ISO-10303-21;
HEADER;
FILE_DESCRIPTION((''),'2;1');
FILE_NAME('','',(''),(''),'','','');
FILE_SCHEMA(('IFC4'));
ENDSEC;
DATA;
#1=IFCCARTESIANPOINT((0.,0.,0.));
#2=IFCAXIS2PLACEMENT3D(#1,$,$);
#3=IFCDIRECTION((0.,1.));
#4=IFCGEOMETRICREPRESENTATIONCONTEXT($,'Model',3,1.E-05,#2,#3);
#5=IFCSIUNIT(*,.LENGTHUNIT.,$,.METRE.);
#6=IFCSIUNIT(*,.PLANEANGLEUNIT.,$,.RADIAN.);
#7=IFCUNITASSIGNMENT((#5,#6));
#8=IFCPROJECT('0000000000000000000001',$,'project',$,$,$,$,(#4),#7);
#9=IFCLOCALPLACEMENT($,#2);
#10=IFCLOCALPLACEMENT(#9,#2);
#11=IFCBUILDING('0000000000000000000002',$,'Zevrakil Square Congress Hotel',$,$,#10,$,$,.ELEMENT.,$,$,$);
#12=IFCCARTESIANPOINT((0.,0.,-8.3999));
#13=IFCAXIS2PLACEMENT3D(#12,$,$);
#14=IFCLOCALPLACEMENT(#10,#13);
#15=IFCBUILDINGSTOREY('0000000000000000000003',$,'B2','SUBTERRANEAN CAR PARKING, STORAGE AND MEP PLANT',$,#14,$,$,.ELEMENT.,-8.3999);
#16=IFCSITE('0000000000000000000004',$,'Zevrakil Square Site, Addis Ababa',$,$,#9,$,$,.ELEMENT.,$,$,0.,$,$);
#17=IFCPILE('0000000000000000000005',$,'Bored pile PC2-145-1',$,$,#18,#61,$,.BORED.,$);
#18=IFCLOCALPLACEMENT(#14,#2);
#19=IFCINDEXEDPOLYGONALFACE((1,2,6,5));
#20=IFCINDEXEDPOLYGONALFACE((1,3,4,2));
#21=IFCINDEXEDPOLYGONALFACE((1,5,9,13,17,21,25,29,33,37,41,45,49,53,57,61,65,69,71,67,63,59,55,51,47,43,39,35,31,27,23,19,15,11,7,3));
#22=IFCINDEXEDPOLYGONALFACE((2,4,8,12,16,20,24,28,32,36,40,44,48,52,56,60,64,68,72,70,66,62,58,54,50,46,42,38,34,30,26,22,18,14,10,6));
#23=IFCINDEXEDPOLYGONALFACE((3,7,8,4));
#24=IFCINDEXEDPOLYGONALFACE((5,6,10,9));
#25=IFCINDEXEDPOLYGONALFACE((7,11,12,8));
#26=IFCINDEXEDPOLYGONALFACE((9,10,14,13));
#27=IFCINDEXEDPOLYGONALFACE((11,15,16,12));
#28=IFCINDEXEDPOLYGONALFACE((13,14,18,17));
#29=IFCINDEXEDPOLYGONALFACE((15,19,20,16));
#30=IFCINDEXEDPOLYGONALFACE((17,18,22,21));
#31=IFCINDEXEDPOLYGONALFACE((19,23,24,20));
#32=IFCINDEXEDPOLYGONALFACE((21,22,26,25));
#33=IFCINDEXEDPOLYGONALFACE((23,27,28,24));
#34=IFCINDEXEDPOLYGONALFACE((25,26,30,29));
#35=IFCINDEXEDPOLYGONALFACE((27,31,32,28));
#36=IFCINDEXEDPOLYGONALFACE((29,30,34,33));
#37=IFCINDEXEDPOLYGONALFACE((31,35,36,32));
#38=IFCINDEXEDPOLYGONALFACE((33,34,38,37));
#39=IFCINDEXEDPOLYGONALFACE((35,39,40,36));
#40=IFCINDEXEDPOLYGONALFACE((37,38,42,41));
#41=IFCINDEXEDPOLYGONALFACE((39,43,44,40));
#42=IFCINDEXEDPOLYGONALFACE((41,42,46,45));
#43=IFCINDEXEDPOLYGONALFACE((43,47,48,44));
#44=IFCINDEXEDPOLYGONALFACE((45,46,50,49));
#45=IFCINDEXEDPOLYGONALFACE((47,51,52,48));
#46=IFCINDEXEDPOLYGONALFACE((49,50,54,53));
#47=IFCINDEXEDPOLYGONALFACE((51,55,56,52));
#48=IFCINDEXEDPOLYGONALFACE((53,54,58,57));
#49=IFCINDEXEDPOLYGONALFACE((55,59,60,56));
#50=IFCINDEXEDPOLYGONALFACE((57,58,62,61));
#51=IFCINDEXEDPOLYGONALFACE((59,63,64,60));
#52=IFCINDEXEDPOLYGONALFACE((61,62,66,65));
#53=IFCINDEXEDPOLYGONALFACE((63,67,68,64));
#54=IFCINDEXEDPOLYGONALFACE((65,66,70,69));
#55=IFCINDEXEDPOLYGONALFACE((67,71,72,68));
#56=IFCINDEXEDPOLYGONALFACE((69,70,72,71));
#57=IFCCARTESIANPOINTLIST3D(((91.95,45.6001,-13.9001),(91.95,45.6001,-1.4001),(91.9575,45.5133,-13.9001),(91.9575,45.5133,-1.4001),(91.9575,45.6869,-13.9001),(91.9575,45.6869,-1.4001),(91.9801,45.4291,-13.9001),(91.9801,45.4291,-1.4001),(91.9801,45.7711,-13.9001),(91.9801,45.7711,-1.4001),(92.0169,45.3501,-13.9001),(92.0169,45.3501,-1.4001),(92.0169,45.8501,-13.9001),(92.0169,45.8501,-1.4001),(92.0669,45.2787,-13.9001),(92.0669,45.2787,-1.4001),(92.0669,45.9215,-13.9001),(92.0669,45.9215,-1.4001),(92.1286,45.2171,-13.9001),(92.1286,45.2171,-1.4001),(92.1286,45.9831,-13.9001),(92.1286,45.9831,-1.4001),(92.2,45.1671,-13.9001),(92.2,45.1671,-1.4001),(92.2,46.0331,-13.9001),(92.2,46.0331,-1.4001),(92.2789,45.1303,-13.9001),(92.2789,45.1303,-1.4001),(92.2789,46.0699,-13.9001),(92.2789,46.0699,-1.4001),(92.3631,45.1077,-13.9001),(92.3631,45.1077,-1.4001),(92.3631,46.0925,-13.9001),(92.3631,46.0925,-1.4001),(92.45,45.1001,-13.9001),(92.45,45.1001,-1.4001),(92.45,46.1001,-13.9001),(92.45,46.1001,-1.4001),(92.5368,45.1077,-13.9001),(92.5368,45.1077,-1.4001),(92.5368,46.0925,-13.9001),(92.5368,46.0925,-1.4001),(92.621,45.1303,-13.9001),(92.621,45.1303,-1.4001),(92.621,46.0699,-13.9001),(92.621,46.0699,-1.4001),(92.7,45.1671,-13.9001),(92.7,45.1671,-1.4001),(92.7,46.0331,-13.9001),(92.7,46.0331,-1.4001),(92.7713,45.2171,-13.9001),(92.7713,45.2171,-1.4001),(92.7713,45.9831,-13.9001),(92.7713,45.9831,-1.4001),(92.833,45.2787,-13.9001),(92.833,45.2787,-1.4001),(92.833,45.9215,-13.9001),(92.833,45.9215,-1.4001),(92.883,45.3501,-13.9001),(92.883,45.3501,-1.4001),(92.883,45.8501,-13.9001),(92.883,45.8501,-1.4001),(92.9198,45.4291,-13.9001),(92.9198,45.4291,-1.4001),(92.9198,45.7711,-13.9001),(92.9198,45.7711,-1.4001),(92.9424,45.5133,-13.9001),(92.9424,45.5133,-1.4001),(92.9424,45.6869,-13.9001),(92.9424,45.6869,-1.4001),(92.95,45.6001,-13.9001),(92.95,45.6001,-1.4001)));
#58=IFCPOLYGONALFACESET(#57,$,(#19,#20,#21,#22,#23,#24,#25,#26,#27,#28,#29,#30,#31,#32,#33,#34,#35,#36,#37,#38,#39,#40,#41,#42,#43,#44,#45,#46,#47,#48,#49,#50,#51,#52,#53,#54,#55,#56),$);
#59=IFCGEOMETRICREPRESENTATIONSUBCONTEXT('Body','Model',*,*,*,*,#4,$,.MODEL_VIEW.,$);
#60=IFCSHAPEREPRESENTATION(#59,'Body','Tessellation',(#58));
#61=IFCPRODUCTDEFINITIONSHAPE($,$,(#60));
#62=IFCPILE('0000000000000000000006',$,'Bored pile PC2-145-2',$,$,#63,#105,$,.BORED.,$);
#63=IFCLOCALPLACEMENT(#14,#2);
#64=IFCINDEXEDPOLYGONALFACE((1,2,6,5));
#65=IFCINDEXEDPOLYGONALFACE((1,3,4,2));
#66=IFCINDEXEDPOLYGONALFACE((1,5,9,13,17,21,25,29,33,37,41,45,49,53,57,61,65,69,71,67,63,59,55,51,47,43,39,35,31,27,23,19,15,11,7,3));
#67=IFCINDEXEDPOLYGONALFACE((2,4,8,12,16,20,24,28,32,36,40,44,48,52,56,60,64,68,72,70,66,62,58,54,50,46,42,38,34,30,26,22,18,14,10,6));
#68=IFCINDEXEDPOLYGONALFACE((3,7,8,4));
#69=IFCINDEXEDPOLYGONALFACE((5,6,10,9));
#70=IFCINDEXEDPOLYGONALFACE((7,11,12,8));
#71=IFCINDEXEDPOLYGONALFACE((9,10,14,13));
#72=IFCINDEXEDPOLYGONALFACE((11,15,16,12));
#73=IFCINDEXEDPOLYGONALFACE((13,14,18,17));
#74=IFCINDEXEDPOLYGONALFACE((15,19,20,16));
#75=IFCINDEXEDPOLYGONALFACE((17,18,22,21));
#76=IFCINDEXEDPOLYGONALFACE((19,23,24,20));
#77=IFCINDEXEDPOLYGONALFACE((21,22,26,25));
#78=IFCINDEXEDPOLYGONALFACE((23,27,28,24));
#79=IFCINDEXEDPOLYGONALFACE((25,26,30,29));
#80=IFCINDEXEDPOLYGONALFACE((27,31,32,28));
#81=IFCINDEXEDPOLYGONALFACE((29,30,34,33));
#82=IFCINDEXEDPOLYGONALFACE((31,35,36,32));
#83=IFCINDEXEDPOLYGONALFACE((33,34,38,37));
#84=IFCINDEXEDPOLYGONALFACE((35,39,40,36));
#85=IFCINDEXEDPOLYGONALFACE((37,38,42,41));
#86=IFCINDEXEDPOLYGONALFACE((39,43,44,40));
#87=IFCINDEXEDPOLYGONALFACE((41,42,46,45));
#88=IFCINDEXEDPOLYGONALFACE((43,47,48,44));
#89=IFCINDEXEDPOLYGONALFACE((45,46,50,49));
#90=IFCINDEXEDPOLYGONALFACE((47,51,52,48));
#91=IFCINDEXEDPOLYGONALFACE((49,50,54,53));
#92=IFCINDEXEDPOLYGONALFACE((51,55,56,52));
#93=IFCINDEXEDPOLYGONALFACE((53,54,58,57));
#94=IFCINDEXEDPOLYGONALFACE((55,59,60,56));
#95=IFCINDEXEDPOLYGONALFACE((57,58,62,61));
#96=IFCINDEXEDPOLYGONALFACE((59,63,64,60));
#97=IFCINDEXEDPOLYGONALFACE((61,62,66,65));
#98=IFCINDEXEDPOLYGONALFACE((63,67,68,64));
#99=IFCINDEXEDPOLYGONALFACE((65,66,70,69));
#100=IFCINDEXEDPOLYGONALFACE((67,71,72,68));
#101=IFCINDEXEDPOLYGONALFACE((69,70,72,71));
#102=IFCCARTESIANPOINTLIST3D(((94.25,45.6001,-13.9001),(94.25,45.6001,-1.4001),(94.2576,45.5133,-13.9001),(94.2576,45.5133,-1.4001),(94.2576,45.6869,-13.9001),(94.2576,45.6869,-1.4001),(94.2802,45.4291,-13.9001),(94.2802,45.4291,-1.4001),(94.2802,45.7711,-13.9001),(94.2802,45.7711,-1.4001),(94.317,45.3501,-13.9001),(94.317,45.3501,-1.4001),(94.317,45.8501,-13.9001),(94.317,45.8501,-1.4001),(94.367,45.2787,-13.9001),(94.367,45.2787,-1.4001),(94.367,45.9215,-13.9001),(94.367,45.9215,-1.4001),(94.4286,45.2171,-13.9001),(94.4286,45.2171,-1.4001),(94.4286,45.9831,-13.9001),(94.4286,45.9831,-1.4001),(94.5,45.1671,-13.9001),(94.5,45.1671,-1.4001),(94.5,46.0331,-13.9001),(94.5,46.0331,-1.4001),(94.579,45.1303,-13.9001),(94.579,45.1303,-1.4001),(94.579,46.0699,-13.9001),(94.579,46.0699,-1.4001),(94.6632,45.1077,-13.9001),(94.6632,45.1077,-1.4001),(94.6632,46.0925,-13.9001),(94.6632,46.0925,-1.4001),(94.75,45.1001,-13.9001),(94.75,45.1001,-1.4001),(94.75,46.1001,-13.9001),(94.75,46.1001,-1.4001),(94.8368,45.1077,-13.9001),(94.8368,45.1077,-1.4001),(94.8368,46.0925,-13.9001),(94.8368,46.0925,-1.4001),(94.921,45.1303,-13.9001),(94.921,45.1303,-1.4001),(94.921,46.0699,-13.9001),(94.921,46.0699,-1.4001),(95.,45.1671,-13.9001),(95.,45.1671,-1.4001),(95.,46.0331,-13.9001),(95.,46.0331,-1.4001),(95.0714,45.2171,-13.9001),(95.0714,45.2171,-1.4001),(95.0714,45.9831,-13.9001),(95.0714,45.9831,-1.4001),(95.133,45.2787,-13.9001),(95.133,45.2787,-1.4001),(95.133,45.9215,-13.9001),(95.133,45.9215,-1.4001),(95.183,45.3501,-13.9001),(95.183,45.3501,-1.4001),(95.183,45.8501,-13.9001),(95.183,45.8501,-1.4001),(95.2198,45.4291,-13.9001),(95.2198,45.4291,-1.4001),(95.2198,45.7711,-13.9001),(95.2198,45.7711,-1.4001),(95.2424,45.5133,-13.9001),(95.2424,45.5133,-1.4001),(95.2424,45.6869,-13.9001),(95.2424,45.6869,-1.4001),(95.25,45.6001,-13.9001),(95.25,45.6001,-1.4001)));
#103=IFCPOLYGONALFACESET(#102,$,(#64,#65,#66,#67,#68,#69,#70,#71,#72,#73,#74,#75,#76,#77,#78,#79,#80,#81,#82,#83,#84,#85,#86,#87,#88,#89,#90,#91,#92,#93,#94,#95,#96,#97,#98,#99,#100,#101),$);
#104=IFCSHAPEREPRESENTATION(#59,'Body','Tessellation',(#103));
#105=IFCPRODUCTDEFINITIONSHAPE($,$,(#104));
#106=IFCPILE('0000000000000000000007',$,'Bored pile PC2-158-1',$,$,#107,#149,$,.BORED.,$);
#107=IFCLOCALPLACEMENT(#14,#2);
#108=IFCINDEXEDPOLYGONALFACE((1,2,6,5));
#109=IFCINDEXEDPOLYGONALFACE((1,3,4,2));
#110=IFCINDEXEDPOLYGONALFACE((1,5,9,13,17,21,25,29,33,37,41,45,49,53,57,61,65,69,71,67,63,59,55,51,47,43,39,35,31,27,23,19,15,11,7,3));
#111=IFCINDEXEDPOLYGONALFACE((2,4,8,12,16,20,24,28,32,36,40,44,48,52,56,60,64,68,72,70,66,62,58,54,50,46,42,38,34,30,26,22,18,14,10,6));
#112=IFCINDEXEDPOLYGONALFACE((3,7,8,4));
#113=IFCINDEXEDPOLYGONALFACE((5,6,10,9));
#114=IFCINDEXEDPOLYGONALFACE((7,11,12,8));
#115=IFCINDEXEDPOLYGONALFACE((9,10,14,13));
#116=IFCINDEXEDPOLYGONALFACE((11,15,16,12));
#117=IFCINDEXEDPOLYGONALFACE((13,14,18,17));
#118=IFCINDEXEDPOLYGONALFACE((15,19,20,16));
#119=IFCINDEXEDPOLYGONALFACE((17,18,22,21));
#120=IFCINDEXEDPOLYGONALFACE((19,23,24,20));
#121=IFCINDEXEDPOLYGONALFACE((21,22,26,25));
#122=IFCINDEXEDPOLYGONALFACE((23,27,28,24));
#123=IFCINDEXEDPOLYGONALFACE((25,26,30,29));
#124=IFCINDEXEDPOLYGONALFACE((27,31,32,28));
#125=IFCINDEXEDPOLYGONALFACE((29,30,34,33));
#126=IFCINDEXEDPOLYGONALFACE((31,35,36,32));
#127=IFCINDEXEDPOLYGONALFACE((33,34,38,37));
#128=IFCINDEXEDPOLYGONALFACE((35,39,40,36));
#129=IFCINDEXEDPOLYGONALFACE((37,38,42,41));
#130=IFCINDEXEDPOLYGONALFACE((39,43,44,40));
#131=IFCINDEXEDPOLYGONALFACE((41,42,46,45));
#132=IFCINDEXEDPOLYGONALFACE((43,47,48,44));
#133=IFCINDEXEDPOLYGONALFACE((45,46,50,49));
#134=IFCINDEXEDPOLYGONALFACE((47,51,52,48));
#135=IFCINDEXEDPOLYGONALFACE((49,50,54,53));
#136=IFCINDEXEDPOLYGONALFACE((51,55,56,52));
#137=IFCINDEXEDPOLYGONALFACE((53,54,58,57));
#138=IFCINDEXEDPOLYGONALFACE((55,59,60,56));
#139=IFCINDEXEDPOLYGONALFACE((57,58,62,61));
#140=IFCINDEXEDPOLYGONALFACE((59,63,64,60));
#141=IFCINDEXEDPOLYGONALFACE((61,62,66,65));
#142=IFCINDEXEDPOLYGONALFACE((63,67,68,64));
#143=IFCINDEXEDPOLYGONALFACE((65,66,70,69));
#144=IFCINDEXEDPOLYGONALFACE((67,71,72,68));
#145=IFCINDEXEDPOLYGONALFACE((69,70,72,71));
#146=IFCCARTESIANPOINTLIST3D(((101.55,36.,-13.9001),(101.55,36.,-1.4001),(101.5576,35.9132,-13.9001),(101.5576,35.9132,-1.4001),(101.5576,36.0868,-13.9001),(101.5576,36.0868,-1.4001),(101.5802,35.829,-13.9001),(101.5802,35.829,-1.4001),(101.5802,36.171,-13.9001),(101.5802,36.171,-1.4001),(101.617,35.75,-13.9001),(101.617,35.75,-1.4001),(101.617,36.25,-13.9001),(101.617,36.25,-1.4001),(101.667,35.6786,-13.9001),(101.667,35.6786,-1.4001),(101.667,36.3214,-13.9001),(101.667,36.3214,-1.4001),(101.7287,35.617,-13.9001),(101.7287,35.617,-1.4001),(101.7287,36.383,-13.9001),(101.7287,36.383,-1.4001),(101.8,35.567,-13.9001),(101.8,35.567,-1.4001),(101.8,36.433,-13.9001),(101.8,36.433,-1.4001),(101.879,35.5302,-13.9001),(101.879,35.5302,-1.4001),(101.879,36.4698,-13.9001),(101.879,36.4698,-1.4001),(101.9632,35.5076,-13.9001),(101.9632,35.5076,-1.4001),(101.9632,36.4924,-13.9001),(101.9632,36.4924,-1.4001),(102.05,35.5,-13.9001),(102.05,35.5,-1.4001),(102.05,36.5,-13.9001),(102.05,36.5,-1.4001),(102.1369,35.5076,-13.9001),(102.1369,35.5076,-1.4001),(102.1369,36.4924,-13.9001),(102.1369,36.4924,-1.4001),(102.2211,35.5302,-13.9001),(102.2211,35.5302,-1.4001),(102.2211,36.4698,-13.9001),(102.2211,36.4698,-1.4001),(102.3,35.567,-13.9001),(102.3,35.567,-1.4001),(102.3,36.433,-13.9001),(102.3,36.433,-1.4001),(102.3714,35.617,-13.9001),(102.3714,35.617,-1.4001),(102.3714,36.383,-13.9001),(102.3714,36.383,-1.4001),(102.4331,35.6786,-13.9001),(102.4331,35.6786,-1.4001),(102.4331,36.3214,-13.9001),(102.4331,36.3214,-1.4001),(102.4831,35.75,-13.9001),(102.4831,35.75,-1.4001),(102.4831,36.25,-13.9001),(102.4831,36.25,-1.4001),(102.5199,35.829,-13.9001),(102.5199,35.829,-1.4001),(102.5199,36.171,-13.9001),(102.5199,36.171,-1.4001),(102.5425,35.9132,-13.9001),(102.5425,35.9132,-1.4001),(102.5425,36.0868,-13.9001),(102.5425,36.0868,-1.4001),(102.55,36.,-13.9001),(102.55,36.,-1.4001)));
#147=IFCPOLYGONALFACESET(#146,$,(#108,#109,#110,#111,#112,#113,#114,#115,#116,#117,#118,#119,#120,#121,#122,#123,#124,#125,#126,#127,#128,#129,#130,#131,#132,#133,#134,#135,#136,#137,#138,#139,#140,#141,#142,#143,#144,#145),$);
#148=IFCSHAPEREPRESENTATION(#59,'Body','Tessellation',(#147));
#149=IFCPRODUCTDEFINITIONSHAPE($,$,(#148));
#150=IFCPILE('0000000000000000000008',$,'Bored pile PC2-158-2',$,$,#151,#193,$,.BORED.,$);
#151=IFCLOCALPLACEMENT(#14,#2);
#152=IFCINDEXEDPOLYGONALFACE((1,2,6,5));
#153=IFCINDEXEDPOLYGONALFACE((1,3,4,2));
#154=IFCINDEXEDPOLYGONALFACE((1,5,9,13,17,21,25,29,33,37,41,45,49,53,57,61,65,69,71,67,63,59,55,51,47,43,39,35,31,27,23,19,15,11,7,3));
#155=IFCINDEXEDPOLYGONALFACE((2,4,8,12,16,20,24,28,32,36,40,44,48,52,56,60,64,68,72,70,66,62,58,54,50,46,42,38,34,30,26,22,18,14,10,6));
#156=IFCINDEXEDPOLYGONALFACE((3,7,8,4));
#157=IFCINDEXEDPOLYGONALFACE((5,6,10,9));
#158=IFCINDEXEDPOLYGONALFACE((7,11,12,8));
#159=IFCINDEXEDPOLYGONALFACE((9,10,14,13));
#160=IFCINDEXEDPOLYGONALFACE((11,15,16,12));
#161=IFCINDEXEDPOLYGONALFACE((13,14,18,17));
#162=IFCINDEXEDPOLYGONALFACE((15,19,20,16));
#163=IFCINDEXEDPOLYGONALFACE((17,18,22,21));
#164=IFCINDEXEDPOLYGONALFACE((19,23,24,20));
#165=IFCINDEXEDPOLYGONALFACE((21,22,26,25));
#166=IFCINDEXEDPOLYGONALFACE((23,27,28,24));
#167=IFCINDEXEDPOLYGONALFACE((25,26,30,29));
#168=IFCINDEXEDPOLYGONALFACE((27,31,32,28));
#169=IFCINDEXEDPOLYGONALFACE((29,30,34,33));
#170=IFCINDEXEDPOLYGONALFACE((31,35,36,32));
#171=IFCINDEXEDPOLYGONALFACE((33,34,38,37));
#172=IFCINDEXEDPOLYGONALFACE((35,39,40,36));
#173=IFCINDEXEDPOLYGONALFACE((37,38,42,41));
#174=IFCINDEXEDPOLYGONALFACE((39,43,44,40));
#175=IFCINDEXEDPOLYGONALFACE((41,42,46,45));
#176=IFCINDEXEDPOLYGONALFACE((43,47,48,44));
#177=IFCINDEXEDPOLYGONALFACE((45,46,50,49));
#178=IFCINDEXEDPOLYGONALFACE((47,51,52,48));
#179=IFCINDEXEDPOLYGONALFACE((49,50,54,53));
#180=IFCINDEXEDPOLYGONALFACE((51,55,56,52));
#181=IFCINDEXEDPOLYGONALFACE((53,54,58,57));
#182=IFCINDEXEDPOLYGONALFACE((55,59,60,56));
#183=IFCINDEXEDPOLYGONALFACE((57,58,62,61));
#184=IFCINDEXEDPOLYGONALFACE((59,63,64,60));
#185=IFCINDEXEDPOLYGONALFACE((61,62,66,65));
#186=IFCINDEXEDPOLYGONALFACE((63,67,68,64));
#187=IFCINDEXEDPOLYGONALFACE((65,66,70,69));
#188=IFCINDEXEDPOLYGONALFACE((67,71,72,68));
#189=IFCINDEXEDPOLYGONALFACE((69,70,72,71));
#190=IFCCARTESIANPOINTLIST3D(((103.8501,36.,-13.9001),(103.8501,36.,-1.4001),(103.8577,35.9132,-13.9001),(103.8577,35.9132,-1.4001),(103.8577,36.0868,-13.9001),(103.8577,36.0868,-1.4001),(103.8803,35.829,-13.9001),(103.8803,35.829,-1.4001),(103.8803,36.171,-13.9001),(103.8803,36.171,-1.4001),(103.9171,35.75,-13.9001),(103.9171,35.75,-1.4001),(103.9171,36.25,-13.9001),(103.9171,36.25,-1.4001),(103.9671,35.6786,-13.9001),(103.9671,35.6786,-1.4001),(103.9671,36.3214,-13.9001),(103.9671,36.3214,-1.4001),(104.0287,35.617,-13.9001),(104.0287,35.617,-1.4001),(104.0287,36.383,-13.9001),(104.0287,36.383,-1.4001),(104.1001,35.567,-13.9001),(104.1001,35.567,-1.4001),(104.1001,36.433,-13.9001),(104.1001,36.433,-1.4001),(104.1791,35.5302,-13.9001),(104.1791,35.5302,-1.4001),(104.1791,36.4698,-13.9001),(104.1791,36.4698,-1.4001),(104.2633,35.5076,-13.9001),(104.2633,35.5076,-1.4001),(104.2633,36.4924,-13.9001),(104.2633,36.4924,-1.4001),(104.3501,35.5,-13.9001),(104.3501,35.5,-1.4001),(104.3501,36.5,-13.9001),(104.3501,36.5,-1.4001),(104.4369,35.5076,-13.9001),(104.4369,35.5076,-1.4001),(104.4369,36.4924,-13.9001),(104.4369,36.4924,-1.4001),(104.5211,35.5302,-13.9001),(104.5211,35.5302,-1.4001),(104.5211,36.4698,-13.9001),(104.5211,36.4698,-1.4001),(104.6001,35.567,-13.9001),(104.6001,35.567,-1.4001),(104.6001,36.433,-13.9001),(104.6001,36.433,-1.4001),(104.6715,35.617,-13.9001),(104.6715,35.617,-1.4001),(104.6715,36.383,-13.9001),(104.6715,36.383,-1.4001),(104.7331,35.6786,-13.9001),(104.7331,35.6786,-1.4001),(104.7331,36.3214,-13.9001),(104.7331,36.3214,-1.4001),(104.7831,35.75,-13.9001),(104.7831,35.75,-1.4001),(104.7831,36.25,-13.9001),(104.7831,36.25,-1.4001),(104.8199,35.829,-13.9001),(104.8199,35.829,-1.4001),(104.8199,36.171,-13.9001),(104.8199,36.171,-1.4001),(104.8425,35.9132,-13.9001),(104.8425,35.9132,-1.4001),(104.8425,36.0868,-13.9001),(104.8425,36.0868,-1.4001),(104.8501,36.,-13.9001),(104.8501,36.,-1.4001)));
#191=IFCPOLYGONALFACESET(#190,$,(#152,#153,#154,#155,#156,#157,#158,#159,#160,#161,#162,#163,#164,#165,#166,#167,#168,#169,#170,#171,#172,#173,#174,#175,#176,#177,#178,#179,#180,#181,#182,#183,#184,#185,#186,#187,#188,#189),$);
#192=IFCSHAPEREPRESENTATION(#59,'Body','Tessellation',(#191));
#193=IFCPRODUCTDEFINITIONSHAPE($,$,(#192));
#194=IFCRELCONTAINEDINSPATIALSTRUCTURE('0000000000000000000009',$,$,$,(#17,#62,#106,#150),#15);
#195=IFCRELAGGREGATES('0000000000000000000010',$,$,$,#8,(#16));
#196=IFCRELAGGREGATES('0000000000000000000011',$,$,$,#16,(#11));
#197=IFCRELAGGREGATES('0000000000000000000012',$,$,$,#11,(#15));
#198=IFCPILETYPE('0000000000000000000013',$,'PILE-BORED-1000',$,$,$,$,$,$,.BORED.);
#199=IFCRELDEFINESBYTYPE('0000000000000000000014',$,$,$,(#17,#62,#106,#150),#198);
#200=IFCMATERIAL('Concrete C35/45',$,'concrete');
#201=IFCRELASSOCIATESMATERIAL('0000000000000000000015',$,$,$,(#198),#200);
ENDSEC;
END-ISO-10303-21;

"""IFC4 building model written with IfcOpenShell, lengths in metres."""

from ifc_helpers import new_model, si_unit, direction, frame, origin, origin_2d, place, context, subcontext, project, spatial, circle, extrude, material, material_profile, profile_set, type_object, element, save


model = new_model("IFC4")

# Units and contexts
model_context = context("Model", 3, precision=1e-05, world=origin(), true_north=direction((0.0, 1.0)))
body_context = subcontext(model_context, "Body", "Model", "MODEL_VIEW")
ifc_project = project(units=[si_unit("LENGTHUNIT", "METRE"), si_unit("PLANEANGLEUNIT", "RADIAN")], contexts=[model_context])

# Site, building, storey
site_placement = place(None, origin())
site = spatial("IfcSite", under=ifc_project, at=site_placement, Name="Zevrakil Square Site, Addis Ababa", CompositionType="ELEMENT", RefElevation=0.0)
building_placement = place(site_placement, origin())
building = spatial("IfcBuilding", under=site, at=building_placement, Name="Zevrakil Square Congress Hotel", CompositionType="ELEMENT")
storey_placement = place(building_placement, frame((0.0, 0.0, -8.3999)))
storey = spatial("IfcBuildingStorey", under=building, at=storey_placement, Name="B2", Description="SUBTERRANEAN CAR PARKING, STORAGE AND MEP PLANT", CompositionType="ELEMENT", Elevation=-8.3999)

# Piles
ifc_material_1 = material(Name="Concrete C35/45", Category="concrete")
ifc_material_profile_1 = material_profile(ifc_material_1, circle(Radius=0.5, at=origin_2d()), Name="PILE D1000")
ifc_profile_set_1 = profile_set([ifc_material_profile_1], Name="Concrete C35/45")
pile_type = type_object("IfcPileType", Name="PILE-BORED-1000", PredefinedType="BORED", material=ifc_profile_set_1)
for number, where, z_axis, x_axis, name in (
    (1, (92.45, 45.6001, -1.4001), (0.0, 0.0, -1.0), (1.0, 0.0, 0.0), "Bored pile PC2-145-1"),
    (2, (94.75, 45.6001, -1.4001), (0.0, 0.0, -1.0), (1.0, 0.0, 0.0), "Bored pile PC2-145-2"),
    (3, (102.05, 36.0, -1.4001), (0.0, 0.0, -1.0), (1.0, 0.0, 0.0), "Bored pile PC2-158-1"),
    (4, (104.3501, 36.0, -1.4001), (0.0, 0.0, -1.0), (1.0, 0.0, 0.0), "Bored pile PC2-158-2"),
):
    element("IfcPile", number, at=place(storey_placement, frame(where, z_axis=z_axis, x_axis=x_axis)), inside=storey, type_object=pile_type, Name=name, PredefinedType="BORED", context=body_context, shape_type="SweptSolid", body=[
        extrude(circle(Radius=0.5, at=origin_2d()), origin(), (0.0, 0.0, 1.0), 12.5),
    ])

save(model, "model.ifc")
